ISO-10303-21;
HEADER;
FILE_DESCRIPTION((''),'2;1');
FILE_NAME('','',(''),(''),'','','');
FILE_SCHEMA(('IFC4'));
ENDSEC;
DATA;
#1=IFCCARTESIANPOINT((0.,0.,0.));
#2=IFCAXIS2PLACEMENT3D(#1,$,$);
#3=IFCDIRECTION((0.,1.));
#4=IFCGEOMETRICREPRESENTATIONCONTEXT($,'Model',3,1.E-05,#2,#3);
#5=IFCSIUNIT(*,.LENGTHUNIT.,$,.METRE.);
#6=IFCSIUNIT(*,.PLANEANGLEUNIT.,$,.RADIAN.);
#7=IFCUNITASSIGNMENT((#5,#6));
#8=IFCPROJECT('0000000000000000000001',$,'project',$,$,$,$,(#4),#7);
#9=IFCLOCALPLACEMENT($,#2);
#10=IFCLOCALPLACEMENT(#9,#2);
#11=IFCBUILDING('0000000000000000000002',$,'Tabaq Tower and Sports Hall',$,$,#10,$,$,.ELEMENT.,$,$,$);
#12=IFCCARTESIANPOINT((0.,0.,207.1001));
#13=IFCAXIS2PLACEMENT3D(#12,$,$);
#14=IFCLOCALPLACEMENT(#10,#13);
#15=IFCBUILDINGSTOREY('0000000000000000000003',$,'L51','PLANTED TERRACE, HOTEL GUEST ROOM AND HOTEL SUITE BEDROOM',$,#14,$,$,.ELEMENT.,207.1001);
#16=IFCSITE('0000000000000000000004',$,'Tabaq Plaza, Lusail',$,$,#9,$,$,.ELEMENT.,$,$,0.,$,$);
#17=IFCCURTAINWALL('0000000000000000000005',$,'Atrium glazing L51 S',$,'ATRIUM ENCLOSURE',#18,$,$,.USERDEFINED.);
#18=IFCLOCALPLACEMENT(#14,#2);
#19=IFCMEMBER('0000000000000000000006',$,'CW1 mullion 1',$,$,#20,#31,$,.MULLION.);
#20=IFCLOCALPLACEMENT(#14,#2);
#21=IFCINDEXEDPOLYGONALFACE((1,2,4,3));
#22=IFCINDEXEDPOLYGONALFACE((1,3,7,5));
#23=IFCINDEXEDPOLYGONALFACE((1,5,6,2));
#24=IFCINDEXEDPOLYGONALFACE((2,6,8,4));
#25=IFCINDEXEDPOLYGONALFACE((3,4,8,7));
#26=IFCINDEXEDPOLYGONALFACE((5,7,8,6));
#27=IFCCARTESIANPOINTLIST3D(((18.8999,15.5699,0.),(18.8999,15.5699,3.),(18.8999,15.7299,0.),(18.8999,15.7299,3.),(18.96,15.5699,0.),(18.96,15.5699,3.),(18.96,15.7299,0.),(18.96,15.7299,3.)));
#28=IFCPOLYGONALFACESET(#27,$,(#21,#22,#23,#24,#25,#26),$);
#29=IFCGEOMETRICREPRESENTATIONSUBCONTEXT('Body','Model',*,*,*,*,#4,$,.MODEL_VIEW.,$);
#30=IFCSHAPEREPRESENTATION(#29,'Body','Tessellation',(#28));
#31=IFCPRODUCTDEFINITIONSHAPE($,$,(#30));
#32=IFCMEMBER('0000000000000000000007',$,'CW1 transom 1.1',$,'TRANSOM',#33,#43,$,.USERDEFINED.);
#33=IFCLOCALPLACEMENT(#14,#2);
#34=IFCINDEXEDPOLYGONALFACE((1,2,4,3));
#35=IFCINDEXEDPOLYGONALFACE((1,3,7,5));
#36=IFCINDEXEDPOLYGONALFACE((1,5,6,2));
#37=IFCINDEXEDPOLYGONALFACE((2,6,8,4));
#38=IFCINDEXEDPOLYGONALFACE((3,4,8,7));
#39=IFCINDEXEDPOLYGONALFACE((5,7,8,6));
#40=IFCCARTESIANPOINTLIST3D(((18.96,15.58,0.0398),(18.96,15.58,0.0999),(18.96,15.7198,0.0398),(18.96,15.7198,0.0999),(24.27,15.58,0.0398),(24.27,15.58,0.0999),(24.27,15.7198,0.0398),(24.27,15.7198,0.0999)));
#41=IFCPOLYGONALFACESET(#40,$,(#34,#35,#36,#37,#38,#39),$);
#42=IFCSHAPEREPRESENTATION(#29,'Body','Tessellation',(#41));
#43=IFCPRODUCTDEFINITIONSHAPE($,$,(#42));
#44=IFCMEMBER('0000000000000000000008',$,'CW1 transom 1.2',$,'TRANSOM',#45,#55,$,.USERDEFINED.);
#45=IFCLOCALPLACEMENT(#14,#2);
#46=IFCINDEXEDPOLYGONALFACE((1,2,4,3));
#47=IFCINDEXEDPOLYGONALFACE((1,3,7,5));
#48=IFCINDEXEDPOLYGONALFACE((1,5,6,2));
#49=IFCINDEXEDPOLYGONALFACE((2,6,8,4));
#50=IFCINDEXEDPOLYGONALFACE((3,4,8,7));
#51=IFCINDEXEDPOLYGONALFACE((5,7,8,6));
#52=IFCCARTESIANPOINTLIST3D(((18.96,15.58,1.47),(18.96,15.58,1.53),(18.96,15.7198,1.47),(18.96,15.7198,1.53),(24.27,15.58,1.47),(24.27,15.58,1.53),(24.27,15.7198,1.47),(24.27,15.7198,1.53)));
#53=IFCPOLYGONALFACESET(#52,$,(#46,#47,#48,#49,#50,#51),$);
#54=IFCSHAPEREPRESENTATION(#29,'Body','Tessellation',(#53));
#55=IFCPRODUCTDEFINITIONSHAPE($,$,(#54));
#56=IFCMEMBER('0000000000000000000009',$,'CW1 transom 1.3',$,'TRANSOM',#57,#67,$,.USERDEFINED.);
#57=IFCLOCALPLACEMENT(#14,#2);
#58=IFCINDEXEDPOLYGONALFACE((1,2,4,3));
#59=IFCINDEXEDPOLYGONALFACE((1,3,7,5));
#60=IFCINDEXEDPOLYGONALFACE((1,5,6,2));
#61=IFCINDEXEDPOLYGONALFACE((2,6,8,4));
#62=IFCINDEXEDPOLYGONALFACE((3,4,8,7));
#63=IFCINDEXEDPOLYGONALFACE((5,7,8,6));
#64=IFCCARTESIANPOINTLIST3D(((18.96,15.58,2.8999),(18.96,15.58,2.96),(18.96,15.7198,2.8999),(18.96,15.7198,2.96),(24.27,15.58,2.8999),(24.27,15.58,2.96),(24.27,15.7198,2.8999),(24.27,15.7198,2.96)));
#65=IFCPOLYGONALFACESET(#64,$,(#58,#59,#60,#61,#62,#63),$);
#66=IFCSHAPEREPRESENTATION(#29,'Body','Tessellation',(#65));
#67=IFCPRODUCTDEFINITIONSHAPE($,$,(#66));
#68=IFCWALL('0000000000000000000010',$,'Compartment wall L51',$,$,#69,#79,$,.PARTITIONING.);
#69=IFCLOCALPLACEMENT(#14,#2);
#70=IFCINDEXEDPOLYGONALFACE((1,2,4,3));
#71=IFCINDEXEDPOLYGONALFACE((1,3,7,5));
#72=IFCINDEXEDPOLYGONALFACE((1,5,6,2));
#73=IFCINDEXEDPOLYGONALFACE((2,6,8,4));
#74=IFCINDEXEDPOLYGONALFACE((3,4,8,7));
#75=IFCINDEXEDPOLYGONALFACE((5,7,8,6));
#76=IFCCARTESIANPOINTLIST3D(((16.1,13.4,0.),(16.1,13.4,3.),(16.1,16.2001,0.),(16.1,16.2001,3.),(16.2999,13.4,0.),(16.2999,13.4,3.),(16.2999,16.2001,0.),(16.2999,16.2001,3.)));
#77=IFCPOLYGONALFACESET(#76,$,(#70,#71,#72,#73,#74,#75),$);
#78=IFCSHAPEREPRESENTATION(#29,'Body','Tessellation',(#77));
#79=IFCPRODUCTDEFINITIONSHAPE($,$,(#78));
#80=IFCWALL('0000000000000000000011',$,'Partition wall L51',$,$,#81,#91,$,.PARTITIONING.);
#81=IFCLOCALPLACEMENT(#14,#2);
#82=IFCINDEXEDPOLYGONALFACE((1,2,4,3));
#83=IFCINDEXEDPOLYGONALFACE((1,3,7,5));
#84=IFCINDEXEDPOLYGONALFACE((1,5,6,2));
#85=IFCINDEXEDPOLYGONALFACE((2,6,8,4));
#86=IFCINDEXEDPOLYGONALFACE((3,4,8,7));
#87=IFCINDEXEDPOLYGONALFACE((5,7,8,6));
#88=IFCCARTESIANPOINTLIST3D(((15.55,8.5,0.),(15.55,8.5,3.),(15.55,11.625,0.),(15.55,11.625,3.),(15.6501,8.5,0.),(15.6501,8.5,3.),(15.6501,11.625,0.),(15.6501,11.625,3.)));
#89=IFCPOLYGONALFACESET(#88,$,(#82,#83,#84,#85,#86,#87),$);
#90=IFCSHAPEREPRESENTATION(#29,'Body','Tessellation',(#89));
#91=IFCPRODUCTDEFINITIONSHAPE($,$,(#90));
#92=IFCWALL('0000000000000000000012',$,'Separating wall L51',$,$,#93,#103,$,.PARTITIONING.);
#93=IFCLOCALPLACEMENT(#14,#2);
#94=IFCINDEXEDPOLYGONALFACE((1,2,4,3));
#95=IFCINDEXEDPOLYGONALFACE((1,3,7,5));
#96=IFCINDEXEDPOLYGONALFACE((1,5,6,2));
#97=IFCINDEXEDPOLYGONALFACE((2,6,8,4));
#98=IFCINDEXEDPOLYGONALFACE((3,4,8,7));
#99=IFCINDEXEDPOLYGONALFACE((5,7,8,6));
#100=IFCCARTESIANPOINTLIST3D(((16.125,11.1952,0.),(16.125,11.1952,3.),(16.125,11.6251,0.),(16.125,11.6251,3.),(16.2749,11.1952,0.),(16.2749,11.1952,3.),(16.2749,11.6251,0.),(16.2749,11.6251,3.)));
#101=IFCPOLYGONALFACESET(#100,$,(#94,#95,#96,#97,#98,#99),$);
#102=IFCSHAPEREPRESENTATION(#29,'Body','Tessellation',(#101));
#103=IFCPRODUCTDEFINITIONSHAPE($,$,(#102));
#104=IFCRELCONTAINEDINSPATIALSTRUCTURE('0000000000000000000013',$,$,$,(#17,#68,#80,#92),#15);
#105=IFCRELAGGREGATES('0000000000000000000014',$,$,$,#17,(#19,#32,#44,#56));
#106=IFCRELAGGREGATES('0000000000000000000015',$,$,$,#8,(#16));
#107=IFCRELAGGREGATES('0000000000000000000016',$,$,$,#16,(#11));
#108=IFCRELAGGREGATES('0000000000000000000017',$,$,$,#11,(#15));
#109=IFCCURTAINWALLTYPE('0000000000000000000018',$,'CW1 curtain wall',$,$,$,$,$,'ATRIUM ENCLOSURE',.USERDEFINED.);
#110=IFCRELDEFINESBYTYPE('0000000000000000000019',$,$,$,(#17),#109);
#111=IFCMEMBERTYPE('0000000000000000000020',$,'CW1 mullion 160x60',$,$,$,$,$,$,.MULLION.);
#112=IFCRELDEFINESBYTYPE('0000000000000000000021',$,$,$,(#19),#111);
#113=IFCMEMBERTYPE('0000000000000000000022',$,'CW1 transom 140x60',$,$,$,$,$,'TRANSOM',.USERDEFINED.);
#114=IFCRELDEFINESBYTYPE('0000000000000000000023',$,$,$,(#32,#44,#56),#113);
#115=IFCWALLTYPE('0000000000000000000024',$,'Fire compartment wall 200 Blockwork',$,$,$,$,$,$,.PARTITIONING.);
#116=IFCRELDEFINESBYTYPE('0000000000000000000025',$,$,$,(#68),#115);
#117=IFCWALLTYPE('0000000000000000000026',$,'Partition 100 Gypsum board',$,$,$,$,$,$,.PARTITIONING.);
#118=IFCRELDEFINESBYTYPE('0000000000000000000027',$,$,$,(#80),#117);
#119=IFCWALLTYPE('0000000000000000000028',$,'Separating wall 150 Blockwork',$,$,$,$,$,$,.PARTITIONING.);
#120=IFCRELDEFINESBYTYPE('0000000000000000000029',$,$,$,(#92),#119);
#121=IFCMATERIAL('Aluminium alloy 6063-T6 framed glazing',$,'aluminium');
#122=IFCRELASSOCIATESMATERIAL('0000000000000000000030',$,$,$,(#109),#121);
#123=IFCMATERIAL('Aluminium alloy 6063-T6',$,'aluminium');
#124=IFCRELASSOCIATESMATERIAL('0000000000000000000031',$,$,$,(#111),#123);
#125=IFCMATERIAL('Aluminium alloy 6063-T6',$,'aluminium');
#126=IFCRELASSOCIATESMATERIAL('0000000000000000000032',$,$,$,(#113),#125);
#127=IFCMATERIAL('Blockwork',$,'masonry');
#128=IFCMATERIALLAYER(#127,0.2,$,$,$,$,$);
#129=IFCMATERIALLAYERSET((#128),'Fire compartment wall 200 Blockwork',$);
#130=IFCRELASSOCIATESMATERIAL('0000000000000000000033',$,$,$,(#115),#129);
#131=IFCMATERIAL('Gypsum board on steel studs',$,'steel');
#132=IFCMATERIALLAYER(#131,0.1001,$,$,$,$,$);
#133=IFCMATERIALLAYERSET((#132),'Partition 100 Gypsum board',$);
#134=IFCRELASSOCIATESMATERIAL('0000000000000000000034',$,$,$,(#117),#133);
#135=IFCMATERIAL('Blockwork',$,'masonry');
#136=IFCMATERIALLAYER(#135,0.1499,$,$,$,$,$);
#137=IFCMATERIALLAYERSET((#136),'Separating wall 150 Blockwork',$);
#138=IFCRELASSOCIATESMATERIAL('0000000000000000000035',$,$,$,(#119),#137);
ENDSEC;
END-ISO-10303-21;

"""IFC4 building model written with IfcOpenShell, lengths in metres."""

from ifc_helpers import new_model, si_unit, direction, frame, frame_2d, origin, origin_2d, place, context, subcontext, project, spatial, rectangle, extrude, material, layer, layer_set, material_profile, profile_set, type_object, element, aggregate, save


model = new_model("IFC4")

# Units and contexts
model_context = context("Model", 3, precision=1e-05, world=origin(), true_north=direction((0.0, 1.0)))
body_context = subcontext(model_context, "Body", "Model", "MODEL_VIEW")
ifc_project = project(units=[si_unit("LENGTHUNIT", "METRE"), si_unit("PLANEANGLEUNIT", "RADIAN")], contexts=[model_context])

# Site, building, storey
site_placement = place(None, origin())
site = spatial("IfcSite", under=ifc_project, at=site_placement, Name="Tabaq Plaza, Lusail", CompositionType="ELEMENT", RefElevation=0.0)
building_placement = place(site_placement, origin())
building = spatial("IfcBuilding", under=site, at=building_placement, Name="Tabaq Tower and Sports Hall", CompositionType="ELEMENT")
storey_placement = place(building_placement, frame((0.0, 0.0, 207.1001)))
storey = spatial("IfcBuildingStorey", under=building, at=storey_placement, Name="L51", Description="PLANTED TERRACE, HOTEL GUEST ROOM AND HOTEL SUITE BEDROOM", CompositionType="ELEMENT", Elevation=207.1001)

# Curtain wall, members
ifc_material_1 = material(Name="Aluminium alloy 6063-T6 framed glazing", Category="aluminium")
curtain_wall_type = type_object("IfcCurtainWallType", Name="CW1 curtain wall", ElementType="ATRIUM ENCLOSURE", PredefinedType="USERDEFINED", material=ifc_material_1)
curtain_wall_placement = place(storey_placement, origin())
curtain_wall = element("IfcCurtainWall", 1, at=curtain_wall_placement, inside=storey, type_object=curtain_wall_type, Name="Atrium glazing L51 S", ObjectType="ATRIUM ENCLOSURE", PredefinedType="USERDEFINED")
ifc_material_2 = material(Name="Aluminium alloy 6063-T6", Category="aluminium")
ifc_material_profile_1 = material_profile(ifc_material_2, rectangle(XDim=0.1599, YDim=0.0601, at=origin_2d()), Name="MULLION 160x60")
ifc_profile_set_1 = profile_set([ifc_material_profile_1], Name="Aluminium alloy 6063-T6")
member_type_1 = type_object("IfcMemberType", Name="CW1 mullion 160x60", PredefinedType="MULLION", material=ifc_profile_set_1)
member_1_placement = place(storey_placement, frame((18.9299, 15.6499, 0.0), z_axis=(0.0, 0.0, 1.0), x_axis=(0.0, 1.0, 0.0)))
member_1 = element("IfcMember", 2, at=member_1_placement, type_object=member_type_1, Name="CW1 mullion 1", PredefinedType="MULLION", context=body_context, shape_type="SweptSolid", body=[
    extrude(rectangle(XDim=0.1599, YDim=0.0601, at=origin_2d()), origin(), (0.0, 0.0, 1.0), 3.0),
])
ifc_material_3 = material(Name="Aluminium alloy 6063-T6", Category="aluminium")
ifc_material_profile_2 = material_profile(ifc_material_3, rectangle(XDim=0.1399, YDim=0.0601, at=origin_2d()), Name="TRANSOM 140x60")
ifc_profile_set_2 = profile_set([ifc_material_profile_2], Name="Aluminium alloy 6063-T6")
member_type_2 = type_object("IfcMemberType", Name="CW1 transom 140x60", ElementType="TRANSOM", PredefinedType="USERDEFINED", material=ifc_profile_set_2)
member_2_placement = place(storey_placement, frame((18.96, 15.6499, 0.0698), z_axis=(1.0, 0.0, 0.0), x_axis=(0.0, 1.0, 0.0)))
member_2 = element("IfcMember", 3, at=member_2_placement, type_object=member_type_2, Name="CW1 transom 1.1", ObjectType="TRANSOM", PredefinedType="USERDEFINED", context=body_context, shape_type="SweptSolid", body=[
    extrude(rectangle(XDim=0.1399, YDim=0.0601, at=origin_2d()), origin(), (0.0, 0.0, 1.0), 5.3101),
])
member_3_placement = place(storey_placement, frame((18.96, 15.6499, 1.5), z_axis=(1.0, 0.0, 0.0), x_axis=(0.0, 1.0, 0.0)))
member_3 = element("IfcMember", 4, at=member_3_placement, type_object=member_type_2, Name="CW1 transom 1.2", ObjectType="TRANSOM", PredefinedType="USERDEFINED", context=body_context, shape_type="SweptSolid", body=[
    extrude(rectangle(XDim=0.1399, YDim=0.0601, at=origin_2d()), origin(), (0.0, 0.0, 1.0), 5.3101),
])
member_4_placement = place(storey_placement, frame((18.96, 15.6499, 2.9299), z_axis=(1.0, 0.0, 0.0), x_axis=(0.0, 1.0, 0.0)))
member_4 = element("IfcMember", 5, at=member_4_placement, type_object=member_type_2, Name="CW1 transom 1.3", ObjectType="TRANSOM", PredefinedType="USERDEFINED", context=body_context, shape_type="SweptSolid", body=[
    extrude(rectangle(XDim=0.1399, YDim=0.0601, at=origin_2d()), origin(), (0.0, 0.0, 1.0), 5.3101),
])
aggregate(curtain_wall, [member_1, member_2, member_3, member_4])

# Wall
ifc_material_4 = material(Name="Blockwork", Category="masonry")
ifc_layer_1 = layer(ifc_material_4, 0.2)
ifc_layer_set_1 = layer_set([ifc_layer_1], Name="Fire compartment wall 200 Blockwork")
wall_type_1 = type_object("IfcWallType", Name="Fire compartment wall 200 Blockwork", PredefinedType="PARTITIONING", material=ifc_layer_set_1)
wall_1_placement = place(storey_placement, frame((16.2, 16.2, 0.0), z_axis=(0.0, 0.0, 1.0), x_axis=(0.0, -1.0, 0.0)))
element("IfcWall", 6, at=wall_1_placement, inside=storey, type_object=wall_type_1, Name="Compartment wall L51", PredefinedType="PARTITIONING", context=body_context, shape_type="SweptSolid", body=[
    extrude(rectangle(XDim=2.8, YDim=0.2, at=frame_2d((1.3999, 0.0))), origin(), (0.0, 0.0, 1.0), 3.0),
])

# Walls
ifc_material_5 = material(Name="Gypsum board on steel studs", Category="steel")
ifc_layer_2 = layer(ifc_material_5, 0.1001)
ifc_layer_set_2 = layer_set([ifc_layer_2], Name="Partition 100 Gypsum board")
wall_type_2 = type_object("IfcWallType", Name="Partition 100 Gypsum board", PredefinedType="PARTITIONING", material=ifc_layer_set_2)
wall_2_placement = place(storey_placement, frame((15.6001, 11.625, 0.0), z_axis=(0.0, 0.0, 1.0), x_axis=(0.0, -1.0, 0.0)))
element("IfcWall", 7, at=wall_2_placement, inside=storey, type_object=wall_type_2, Name="Partition wall L51", PredefinedType="PARTITIONING", context=body_context, shape_type="SweptSolid", body=[
    extrude(rectangle(XDim=3.125, YDim=0.1001, at=frame_2d((1.5625, 0.0))), origin(), (0.0, 0.0, 1.0), 3.0),
])
ifc_material_6 = material(Name="Blockwork", Category="masonry")
ifc_layer_3 = layer(ifc_material_6, 0.1499)
ifc_layer_set_3 = layer_set([ifc_layer_3], Name="Separating wall 150 Blockwork")
wall_type_3 = type_object("IfcWallType", Name="Separating wall 150 Blockwork", PredefinedType="PARTITIONING", material=ifc_layer_set_3)
wall_3_placement = place(storey_placement, frame((16.2, 11.625, 0.0), z_axis=(0.0, 0.0, 1.0), x_axis=(0.0, -1.0, 0.0)))
element("IfcWall", 8, at=wall_3_placement, inside=storey, type_object=wall_type_3, Name="Separating wall L51", PredefinedType="PARTITIONING", context=body_context, shape_type="SweptSolid", body=[
    extrude(rectangle(XDim=0.4299, YDim=0.1499, at=frame_2d((0.2148, 0.0))), origin(), (0.0, 0.0, 1.0), 3.0),
])

save(model, "model.ifc")
